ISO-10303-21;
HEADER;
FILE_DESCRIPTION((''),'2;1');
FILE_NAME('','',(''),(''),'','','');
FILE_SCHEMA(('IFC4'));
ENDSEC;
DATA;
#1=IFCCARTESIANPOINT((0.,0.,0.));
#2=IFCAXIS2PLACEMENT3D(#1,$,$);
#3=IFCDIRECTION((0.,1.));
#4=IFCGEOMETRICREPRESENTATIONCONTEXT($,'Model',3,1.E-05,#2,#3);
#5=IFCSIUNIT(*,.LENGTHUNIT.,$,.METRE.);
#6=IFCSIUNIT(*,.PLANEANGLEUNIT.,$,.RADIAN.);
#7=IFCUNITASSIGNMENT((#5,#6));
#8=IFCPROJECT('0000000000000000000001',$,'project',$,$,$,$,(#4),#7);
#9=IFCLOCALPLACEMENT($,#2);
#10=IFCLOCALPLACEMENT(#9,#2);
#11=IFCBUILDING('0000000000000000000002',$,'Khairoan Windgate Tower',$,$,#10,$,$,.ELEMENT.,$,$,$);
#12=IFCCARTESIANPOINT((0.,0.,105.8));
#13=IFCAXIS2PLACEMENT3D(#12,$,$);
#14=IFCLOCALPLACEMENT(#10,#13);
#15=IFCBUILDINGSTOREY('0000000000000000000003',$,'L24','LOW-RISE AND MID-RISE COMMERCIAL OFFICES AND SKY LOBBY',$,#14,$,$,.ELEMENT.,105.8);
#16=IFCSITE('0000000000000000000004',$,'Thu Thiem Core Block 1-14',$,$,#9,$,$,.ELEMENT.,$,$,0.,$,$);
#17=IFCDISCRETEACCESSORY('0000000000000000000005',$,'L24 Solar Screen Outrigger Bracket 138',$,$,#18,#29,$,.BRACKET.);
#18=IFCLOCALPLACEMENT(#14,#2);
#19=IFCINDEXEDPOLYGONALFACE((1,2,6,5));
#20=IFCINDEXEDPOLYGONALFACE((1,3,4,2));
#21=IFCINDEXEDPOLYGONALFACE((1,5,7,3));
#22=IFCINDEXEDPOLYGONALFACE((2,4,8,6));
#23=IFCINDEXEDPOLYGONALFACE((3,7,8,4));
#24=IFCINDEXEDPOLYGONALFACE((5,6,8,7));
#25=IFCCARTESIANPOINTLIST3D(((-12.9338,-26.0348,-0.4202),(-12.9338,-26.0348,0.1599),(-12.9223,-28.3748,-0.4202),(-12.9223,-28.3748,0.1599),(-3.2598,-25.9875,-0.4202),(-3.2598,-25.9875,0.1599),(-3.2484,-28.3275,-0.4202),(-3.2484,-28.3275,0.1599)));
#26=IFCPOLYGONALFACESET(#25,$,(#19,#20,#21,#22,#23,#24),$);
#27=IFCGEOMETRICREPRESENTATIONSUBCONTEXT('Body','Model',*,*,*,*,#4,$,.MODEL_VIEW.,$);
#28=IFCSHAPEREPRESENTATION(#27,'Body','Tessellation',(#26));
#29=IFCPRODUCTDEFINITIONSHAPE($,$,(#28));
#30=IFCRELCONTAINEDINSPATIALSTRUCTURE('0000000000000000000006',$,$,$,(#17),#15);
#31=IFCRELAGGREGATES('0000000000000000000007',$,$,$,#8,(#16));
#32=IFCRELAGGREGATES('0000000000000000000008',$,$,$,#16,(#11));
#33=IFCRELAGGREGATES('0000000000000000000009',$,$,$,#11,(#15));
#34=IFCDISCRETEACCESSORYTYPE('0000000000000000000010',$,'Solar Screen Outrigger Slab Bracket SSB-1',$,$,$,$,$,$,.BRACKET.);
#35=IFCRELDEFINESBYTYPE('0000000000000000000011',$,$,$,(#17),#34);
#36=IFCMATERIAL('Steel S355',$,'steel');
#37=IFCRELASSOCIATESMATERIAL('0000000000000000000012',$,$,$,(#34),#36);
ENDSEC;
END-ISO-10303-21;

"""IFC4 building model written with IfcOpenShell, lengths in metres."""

from ifc_helpers import new_model, si_unit, direction, frame, origin, origin_2d, place, context, subcontext, project, spatial, rectangle, extrude, material, type_object, element, save


model = new_model("IFC4")

# Units and contexts
model_context = context("Model", 3, precision=1e-05, world=origin(), true_north=direction((0.0, 1.0)))
body_context = subcontext(model_context, "Body", "Model", "MODEL_VIEW")
ifc_project = project(units=[si_unit("LENGTHUNIT", "METRE"), si_unit("PLANEANGLEUNIT", "RADIAN")], contexts=[model_context])

# Site, building, storey
site_placement = place(None, origin())
site = spatial("IfcSite", under=ifc_project, at=site_placement, Name="Thu Thiem Core Block 1-14", CompositionType="ELEMENT", RefElevation=0.0)
building_placement = place(site_placement, origin())
building = spatial("IfcBuilding", under=site, at=building_placement, Name="Khairoan Windgate Tower", CompositionType="ELEMENT")
storey_placement = place(building_placement, frame((0.0, 0.0, 105.8)))
storey = spatial("IfcBuildingStorey", under=building, at=storey_placement, Name="L24", Description="LOW-RISE AND MID-RISE COMMERCIAL OFFICES AND SKY LOBBY", CompositionType="ELEMENT", Elevation=105.8)

# Discrete accessory
ifc_material_1 = material(Name="Steel S355", Category="steel")
discrete_accessory_type = type_object("IfcDiscreteAccessoryType", Name="Solar Screen Outrigger Slab Bracket SSB-1", PredefinedType="BRACKET", material=ifc_material_1)
discrete_accessory_placement = place(storey_placement, frame((-8.0911, -27.1812, -0.4202), z_axis=(0.0, 0.0, 1.0), x_axis=(-0.999988, -0.004887, 0.0)))
element("IfcDiscreteAccessory", 1, at=discrete_accessory_placement, inside=storey, type_object=discrete_accessory_type, Name="L24 Solar Screen Outrigger Bracket 138", PredefinedType="BRACKET", context=body_context, shape_type="SweptSolid", body=[
    extrude(rectangle(XDim=9.6741, YDim=2.3401, at=origin_2d()), origin(), (0.0, 0.0, 1.0), 0.5801),
])

save(model, "model.ifc")
